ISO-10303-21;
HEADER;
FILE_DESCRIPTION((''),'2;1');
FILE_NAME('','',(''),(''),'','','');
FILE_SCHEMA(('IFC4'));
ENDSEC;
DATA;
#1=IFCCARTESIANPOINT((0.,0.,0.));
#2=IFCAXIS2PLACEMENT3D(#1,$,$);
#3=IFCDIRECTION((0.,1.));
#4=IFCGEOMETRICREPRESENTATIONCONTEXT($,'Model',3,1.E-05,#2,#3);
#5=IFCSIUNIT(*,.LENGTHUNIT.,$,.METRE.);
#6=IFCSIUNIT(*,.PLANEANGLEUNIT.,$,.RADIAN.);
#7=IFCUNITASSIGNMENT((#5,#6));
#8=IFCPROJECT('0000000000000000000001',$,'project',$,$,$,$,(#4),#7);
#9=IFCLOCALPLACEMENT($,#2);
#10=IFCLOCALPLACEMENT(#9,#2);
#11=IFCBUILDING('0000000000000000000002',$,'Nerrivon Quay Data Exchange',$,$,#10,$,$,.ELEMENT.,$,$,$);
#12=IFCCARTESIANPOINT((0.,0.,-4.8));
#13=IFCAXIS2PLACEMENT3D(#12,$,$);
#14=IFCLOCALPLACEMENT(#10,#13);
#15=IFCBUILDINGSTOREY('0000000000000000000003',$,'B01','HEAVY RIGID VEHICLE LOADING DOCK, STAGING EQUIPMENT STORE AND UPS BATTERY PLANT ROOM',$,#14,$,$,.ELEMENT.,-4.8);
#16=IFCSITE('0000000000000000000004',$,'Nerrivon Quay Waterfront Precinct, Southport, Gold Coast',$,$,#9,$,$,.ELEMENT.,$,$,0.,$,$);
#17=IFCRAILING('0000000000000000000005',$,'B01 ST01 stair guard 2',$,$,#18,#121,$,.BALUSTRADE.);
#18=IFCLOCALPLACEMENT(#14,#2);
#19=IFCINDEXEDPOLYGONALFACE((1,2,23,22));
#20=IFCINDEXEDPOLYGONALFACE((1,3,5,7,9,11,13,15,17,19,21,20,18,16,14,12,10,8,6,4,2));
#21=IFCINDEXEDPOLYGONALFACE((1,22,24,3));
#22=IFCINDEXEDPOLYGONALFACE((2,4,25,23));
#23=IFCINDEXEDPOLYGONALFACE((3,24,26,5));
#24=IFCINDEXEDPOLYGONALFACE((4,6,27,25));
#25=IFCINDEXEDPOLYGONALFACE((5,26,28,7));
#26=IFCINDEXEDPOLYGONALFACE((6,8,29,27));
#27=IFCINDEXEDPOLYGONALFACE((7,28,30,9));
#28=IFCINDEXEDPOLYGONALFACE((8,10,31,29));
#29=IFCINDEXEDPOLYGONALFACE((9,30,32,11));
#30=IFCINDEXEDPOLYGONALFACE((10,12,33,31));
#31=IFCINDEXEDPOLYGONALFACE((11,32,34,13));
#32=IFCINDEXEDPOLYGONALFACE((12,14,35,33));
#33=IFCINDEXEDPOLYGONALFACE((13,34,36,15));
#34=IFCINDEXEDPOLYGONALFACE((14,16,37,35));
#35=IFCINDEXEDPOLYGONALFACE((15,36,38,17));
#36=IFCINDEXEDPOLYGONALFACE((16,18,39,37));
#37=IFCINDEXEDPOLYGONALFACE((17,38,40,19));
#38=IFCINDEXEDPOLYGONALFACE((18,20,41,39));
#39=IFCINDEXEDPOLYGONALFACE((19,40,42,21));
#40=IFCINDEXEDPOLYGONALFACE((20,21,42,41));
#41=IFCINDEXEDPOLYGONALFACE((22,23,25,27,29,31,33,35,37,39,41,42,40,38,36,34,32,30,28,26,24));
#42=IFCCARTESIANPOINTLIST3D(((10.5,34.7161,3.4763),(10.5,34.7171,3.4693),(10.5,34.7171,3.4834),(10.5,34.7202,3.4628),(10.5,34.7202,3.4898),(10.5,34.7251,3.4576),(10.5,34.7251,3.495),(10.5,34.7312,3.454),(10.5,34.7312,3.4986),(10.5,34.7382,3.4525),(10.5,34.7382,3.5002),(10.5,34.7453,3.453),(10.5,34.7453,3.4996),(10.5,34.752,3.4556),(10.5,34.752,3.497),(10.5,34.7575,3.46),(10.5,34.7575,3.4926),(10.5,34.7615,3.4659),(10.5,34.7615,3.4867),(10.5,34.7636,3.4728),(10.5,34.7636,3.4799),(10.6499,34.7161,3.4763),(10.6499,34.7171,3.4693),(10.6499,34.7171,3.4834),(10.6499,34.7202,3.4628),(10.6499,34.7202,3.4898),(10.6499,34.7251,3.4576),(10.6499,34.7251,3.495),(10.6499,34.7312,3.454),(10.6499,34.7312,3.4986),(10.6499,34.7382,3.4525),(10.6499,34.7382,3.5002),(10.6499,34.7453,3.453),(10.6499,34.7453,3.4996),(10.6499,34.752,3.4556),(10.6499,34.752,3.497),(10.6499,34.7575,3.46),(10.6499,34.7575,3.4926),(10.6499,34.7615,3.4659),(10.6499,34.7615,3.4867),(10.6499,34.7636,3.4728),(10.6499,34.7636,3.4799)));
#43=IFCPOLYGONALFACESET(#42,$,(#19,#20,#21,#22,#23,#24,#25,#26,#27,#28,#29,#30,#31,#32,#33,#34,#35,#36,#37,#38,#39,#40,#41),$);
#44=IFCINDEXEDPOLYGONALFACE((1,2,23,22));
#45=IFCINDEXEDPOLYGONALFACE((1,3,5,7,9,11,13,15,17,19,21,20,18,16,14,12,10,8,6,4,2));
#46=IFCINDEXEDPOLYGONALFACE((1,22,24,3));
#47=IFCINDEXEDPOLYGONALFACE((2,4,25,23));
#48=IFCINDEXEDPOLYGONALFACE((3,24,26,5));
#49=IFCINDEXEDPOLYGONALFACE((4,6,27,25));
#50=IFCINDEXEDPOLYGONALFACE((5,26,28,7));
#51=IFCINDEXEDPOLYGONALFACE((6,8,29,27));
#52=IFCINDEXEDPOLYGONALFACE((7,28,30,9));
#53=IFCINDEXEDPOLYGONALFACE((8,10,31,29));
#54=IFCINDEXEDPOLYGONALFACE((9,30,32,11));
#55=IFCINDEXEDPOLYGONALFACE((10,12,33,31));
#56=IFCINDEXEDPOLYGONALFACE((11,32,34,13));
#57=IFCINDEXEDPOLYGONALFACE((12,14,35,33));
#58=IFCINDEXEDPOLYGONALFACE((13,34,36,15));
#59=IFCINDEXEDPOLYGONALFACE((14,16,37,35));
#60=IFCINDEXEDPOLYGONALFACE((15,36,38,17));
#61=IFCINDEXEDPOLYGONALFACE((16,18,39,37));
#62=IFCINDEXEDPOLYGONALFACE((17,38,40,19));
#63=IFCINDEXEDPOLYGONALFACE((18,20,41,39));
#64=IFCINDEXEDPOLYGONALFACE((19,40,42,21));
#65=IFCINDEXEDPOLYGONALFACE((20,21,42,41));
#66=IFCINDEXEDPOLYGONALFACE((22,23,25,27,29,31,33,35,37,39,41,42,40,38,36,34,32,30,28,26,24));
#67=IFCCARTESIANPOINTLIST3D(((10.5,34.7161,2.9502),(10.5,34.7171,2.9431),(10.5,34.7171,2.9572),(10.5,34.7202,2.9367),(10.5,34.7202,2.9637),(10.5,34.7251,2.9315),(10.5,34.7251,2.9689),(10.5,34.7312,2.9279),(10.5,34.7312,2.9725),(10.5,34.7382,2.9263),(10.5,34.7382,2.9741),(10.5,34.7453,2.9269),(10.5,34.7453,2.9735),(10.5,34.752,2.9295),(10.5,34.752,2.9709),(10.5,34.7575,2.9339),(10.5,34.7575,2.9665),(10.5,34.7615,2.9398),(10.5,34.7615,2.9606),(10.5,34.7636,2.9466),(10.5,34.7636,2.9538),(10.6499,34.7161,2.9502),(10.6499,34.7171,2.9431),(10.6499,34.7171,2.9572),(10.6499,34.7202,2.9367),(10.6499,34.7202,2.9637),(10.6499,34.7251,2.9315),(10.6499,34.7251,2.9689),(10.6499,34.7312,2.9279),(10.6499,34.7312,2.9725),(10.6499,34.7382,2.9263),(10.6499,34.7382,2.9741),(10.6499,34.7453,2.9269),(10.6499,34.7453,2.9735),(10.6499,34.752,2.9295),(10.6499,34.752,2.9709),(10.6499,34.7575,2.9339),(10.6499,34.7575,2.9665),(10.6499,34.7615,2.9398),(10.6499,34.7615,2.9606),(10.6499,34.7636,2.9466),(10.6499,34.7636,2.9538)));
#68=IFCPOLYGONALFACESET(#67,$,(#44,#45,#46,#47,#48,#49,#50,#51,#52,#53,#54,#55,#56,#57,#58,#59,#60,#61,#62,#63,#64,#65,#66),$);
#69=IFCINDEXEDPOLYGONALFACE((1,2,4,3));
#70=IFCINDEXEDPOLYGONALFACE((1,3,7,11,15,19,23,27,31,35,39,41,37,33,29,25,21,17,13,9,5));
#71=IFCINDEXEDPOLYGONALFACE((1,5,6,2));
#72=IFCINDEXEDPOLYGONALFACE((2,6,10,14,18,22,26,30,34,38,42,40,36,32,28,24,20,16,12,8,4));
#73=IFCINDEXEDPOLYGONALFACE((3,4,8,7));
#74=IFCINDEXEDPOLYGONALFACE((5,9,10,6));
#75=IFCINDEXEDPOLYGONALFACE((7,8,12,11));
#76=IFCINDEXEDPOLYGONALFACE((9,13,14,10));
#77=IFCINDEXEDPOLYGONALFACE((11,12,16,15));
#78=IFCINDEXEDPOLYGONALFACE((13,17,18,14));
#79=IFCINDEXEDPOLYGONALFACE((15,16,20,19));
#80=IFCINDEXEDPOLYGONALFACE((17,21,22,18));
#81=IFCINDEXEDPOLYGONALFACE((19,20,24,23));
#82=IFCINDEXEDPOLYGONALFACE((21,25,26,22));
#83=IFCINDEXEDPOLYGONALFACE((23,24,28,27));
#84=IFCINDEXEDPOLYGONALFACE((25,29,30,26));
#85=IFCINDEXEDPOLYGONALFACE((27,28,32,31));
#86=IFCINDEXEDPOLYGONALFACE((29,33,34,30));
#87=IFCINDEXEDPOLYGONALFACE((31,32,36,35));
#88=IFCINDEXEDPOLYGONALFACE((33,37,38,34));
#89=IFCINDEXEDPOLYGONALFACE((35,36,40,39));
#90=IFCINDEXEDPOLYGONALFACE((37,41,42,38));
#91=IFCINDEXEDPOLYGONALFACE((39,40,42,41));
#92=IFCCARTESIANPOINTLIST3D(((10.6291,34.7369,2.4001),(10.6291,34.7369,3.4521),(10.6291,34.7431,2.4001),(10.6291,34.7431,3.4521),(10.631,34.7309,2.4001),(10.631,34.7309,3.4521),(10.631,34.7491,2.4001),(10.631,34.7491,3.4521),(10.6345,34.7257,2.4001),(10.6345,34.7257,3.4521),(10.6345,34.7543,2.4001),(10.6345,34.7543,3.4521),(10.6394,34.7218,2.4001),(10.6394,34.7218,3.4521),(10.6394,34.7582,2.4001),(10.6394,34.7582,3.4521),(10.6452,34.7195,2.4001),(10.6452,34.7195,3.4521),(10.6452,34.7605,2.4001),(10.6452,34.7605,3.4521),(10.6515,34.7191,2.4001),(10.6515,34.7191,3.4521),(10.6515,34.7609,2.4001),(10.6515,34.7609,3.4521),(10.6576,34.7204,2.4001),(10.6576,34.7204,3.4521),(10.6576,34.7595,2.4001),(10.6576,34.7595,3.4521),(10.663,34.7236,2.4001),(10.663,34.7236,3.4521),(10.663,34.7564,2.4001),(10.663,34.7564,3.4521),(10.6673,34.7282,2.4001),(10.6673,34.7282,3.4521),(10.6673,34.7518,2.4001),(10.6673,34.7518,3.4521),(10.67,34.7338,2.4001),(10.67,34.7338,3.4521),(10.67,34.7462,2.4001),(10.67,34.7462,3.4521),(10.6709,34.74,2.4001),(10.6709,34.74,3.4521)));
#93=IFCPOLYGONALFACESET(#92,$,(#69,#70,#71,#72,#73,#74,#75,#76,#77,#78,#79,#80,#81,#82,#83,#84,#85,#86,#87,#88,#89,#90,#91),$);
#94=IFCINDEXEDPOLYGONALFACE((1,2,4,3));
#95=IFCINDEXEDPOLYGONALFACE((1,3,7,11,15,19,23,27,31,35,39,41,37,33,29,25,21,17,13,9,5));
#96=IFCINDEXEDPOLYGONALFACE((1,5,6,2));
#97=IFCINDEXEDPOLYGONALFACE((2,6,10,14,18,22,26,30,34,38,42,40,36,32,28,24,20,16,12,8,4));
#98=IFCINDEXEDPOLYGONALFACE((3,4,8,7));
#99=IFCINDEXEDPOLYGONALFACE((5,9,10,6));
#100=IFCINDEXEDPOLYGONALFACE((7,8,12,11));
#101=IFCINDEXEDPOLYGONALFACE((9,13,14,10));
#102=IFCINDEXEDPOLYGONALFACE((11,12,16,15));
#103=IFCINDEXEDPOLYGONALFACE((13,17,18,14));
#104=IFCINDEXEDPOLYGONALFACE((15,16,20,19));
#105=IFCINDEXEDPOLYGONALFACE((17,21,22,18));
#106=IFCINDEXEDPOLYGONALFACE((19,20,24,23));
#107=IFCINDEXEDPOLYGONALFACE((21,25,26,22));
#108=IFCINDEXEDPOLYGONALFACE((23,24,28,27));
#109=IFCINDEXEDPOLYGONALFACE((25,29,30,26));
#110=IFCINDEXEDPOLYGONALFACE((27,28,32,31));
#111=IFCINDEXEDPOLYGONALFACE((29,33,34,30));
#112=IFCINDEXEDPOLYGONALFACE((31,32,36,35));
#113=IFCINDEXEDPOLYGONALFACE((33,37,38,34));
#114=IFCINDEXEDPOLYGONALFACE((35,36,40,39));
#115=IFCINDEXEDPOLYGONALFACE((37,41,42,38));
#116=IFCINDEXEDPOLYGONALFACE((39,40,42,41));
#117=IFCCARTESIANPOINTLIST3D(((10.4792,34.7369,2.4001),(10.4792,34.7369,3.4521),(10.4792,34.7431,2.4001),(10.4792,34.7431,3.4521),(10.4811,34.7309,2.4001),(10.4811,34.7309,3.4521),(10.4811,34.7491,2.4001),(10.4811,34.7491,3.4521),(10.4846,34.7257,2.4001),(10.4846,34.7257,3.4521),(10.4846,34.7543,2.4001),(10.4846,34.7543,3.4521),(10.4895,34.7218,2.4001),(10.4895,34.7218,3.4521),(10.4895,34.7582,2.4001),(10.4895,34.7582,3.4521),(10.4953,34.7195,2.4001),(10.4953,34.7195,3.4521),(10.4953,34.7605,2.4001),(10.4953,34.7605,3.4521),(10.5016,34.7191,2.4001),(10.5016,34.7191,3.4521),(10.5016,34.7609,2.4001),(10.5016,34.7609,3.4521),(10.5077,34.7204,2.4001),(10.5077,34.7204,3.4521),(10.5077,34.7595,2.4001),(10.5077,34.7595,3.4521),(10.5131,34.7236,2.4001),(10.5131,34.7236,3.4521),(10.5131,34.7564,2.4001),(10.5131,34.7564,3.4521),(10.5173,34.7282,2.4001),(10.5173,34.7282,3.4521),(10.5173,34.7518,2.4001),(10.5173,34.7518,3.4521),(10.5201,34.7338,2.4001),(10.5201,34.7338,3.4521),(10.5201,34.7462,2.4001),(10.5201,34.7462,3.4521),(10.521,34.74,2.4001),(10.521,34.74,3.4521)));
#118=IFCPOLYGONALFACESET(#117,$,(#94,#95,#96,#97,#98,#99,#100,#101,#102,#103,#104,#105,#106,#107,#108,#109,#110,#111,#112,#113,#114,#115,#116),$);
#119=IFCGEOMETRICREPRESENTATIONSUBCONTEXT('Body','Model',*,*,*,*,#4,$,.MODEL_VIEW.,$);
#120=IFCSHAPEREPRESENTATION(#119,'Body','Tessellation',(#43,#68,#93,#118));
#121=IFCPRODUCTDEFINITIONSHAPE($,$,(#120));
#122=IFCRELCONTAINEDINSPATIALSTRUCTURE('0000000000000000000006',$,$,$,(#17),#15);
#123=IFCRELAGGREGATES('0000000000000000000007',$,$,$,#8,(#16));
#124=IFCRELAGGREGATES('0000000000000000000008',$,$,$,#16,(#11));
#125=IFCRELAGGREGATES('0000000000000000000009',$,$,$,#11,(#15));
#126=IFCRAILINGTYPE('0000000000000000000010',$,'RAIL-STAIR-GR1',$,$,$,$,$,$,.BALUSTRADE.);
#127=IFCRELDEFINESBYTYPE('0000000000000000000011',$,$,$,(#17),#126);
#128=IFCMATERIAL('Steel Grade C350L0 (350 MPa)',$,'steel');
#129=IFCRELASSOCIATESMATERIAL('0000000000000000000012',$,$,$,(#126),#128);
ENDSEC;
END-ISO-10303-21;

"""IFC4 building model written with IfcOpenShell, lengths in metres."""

from ifc_helpers import new_model, si_unit, direction, frame, origin, origin_2d, place, context, subcontext, project, spatial, circle, extrude, material, type_object, element, save


model = new_model("IFC4")

# Units and contexts
model_context = context("Model", 3, precision=1e-05, world=origin(), true_north=direction((0.0, 1.0)))
body_context = subcontext(model_context, "Body", "Model", "MODEL_VIEW")
ifc_project = project(units=[si_unit("LENGTHUNIT", "METRE"), si_unit("PLANEANGLEUNIT", "RADIAN")], contexts=[model_context])

# Site, building, storey
site_placement = place(None, origin())
site = spatial("IfcSite", under=ifc_project, at=site_placement, Name="Nerrivon Quay Waterfront Precinct, Southport, Gold Coast", CompositionType="ELEMENT", RefElevation=0.0)
building_placement = place(site_placement, origin())
building = spatial("IfcBuilding", under=site, at=building_placement, Name="Nerrivon Quay Data Exchange", CompositionType="ELEMENT")
storey_placement = place(building_placement, frame((0.0, 0.0, -4.8)))
storey = spatial("IfcBuildingStorey", under=building, at=storey_placement, Name="B01", Description="HEAVY RIGID VEHICLE LOADING DOCK, STAGING EQUIPMENT STORE AND UPS BATTERY PLANT ROOM", CompositionType="ELEMENT", Elevation=-4.8)

# Railing
ifc_material_1 = material(Name="Steel Grade C350L0 (350 MPa)", Category="steel")
railing_type = type_object("IfcRailingType", Name="RAIL-STAIR-GR1", PredefinedType="BALUSTRADE", material=ifc_material_1)
railing_1_placement = place(storey_placement, frame((10.6499, 34.74, 2.4001)))
element("IfcRailing", 1, at=railing_1_placement, inside=storey, type_object=railing_type, Name="B01 ST01 stair guard 2", PredefinedType="BALUSTRADE", context=body_context, shape_type="SweptSolid", body=[
    extrude(circle(Radius=0.0239, at=origin_2d()), frame((0.0, 0.0, 1.0762), z_axis=(-1.0, 0.0, 0.0), x_axis=(0.0, -1.0, 0.0)), (0.0, 0.0, 1.0), 0.1499),
    extrude(circle(Radius=0.0239, at=origin_2d()), frame((0.0, 0.0, 0.55), z_axis=(-1.0, 0.0, 0.0), x_axis=(0.0, -1.0, 0.0)), (0.0, 0.0, 1.0), 0.1499),
    extrude(circle(Radius=0.021, at=origin_2d()), origin(), (0.0, 0.0, 1.0), 1.052),
    extrude(circle(Radius=0.021, at=origin_2d()), frame((-0.1499, 0.0, 0.0)), (0.0, 0.0, 1.0), 1.052),
])

save(model, "model.ifc")
